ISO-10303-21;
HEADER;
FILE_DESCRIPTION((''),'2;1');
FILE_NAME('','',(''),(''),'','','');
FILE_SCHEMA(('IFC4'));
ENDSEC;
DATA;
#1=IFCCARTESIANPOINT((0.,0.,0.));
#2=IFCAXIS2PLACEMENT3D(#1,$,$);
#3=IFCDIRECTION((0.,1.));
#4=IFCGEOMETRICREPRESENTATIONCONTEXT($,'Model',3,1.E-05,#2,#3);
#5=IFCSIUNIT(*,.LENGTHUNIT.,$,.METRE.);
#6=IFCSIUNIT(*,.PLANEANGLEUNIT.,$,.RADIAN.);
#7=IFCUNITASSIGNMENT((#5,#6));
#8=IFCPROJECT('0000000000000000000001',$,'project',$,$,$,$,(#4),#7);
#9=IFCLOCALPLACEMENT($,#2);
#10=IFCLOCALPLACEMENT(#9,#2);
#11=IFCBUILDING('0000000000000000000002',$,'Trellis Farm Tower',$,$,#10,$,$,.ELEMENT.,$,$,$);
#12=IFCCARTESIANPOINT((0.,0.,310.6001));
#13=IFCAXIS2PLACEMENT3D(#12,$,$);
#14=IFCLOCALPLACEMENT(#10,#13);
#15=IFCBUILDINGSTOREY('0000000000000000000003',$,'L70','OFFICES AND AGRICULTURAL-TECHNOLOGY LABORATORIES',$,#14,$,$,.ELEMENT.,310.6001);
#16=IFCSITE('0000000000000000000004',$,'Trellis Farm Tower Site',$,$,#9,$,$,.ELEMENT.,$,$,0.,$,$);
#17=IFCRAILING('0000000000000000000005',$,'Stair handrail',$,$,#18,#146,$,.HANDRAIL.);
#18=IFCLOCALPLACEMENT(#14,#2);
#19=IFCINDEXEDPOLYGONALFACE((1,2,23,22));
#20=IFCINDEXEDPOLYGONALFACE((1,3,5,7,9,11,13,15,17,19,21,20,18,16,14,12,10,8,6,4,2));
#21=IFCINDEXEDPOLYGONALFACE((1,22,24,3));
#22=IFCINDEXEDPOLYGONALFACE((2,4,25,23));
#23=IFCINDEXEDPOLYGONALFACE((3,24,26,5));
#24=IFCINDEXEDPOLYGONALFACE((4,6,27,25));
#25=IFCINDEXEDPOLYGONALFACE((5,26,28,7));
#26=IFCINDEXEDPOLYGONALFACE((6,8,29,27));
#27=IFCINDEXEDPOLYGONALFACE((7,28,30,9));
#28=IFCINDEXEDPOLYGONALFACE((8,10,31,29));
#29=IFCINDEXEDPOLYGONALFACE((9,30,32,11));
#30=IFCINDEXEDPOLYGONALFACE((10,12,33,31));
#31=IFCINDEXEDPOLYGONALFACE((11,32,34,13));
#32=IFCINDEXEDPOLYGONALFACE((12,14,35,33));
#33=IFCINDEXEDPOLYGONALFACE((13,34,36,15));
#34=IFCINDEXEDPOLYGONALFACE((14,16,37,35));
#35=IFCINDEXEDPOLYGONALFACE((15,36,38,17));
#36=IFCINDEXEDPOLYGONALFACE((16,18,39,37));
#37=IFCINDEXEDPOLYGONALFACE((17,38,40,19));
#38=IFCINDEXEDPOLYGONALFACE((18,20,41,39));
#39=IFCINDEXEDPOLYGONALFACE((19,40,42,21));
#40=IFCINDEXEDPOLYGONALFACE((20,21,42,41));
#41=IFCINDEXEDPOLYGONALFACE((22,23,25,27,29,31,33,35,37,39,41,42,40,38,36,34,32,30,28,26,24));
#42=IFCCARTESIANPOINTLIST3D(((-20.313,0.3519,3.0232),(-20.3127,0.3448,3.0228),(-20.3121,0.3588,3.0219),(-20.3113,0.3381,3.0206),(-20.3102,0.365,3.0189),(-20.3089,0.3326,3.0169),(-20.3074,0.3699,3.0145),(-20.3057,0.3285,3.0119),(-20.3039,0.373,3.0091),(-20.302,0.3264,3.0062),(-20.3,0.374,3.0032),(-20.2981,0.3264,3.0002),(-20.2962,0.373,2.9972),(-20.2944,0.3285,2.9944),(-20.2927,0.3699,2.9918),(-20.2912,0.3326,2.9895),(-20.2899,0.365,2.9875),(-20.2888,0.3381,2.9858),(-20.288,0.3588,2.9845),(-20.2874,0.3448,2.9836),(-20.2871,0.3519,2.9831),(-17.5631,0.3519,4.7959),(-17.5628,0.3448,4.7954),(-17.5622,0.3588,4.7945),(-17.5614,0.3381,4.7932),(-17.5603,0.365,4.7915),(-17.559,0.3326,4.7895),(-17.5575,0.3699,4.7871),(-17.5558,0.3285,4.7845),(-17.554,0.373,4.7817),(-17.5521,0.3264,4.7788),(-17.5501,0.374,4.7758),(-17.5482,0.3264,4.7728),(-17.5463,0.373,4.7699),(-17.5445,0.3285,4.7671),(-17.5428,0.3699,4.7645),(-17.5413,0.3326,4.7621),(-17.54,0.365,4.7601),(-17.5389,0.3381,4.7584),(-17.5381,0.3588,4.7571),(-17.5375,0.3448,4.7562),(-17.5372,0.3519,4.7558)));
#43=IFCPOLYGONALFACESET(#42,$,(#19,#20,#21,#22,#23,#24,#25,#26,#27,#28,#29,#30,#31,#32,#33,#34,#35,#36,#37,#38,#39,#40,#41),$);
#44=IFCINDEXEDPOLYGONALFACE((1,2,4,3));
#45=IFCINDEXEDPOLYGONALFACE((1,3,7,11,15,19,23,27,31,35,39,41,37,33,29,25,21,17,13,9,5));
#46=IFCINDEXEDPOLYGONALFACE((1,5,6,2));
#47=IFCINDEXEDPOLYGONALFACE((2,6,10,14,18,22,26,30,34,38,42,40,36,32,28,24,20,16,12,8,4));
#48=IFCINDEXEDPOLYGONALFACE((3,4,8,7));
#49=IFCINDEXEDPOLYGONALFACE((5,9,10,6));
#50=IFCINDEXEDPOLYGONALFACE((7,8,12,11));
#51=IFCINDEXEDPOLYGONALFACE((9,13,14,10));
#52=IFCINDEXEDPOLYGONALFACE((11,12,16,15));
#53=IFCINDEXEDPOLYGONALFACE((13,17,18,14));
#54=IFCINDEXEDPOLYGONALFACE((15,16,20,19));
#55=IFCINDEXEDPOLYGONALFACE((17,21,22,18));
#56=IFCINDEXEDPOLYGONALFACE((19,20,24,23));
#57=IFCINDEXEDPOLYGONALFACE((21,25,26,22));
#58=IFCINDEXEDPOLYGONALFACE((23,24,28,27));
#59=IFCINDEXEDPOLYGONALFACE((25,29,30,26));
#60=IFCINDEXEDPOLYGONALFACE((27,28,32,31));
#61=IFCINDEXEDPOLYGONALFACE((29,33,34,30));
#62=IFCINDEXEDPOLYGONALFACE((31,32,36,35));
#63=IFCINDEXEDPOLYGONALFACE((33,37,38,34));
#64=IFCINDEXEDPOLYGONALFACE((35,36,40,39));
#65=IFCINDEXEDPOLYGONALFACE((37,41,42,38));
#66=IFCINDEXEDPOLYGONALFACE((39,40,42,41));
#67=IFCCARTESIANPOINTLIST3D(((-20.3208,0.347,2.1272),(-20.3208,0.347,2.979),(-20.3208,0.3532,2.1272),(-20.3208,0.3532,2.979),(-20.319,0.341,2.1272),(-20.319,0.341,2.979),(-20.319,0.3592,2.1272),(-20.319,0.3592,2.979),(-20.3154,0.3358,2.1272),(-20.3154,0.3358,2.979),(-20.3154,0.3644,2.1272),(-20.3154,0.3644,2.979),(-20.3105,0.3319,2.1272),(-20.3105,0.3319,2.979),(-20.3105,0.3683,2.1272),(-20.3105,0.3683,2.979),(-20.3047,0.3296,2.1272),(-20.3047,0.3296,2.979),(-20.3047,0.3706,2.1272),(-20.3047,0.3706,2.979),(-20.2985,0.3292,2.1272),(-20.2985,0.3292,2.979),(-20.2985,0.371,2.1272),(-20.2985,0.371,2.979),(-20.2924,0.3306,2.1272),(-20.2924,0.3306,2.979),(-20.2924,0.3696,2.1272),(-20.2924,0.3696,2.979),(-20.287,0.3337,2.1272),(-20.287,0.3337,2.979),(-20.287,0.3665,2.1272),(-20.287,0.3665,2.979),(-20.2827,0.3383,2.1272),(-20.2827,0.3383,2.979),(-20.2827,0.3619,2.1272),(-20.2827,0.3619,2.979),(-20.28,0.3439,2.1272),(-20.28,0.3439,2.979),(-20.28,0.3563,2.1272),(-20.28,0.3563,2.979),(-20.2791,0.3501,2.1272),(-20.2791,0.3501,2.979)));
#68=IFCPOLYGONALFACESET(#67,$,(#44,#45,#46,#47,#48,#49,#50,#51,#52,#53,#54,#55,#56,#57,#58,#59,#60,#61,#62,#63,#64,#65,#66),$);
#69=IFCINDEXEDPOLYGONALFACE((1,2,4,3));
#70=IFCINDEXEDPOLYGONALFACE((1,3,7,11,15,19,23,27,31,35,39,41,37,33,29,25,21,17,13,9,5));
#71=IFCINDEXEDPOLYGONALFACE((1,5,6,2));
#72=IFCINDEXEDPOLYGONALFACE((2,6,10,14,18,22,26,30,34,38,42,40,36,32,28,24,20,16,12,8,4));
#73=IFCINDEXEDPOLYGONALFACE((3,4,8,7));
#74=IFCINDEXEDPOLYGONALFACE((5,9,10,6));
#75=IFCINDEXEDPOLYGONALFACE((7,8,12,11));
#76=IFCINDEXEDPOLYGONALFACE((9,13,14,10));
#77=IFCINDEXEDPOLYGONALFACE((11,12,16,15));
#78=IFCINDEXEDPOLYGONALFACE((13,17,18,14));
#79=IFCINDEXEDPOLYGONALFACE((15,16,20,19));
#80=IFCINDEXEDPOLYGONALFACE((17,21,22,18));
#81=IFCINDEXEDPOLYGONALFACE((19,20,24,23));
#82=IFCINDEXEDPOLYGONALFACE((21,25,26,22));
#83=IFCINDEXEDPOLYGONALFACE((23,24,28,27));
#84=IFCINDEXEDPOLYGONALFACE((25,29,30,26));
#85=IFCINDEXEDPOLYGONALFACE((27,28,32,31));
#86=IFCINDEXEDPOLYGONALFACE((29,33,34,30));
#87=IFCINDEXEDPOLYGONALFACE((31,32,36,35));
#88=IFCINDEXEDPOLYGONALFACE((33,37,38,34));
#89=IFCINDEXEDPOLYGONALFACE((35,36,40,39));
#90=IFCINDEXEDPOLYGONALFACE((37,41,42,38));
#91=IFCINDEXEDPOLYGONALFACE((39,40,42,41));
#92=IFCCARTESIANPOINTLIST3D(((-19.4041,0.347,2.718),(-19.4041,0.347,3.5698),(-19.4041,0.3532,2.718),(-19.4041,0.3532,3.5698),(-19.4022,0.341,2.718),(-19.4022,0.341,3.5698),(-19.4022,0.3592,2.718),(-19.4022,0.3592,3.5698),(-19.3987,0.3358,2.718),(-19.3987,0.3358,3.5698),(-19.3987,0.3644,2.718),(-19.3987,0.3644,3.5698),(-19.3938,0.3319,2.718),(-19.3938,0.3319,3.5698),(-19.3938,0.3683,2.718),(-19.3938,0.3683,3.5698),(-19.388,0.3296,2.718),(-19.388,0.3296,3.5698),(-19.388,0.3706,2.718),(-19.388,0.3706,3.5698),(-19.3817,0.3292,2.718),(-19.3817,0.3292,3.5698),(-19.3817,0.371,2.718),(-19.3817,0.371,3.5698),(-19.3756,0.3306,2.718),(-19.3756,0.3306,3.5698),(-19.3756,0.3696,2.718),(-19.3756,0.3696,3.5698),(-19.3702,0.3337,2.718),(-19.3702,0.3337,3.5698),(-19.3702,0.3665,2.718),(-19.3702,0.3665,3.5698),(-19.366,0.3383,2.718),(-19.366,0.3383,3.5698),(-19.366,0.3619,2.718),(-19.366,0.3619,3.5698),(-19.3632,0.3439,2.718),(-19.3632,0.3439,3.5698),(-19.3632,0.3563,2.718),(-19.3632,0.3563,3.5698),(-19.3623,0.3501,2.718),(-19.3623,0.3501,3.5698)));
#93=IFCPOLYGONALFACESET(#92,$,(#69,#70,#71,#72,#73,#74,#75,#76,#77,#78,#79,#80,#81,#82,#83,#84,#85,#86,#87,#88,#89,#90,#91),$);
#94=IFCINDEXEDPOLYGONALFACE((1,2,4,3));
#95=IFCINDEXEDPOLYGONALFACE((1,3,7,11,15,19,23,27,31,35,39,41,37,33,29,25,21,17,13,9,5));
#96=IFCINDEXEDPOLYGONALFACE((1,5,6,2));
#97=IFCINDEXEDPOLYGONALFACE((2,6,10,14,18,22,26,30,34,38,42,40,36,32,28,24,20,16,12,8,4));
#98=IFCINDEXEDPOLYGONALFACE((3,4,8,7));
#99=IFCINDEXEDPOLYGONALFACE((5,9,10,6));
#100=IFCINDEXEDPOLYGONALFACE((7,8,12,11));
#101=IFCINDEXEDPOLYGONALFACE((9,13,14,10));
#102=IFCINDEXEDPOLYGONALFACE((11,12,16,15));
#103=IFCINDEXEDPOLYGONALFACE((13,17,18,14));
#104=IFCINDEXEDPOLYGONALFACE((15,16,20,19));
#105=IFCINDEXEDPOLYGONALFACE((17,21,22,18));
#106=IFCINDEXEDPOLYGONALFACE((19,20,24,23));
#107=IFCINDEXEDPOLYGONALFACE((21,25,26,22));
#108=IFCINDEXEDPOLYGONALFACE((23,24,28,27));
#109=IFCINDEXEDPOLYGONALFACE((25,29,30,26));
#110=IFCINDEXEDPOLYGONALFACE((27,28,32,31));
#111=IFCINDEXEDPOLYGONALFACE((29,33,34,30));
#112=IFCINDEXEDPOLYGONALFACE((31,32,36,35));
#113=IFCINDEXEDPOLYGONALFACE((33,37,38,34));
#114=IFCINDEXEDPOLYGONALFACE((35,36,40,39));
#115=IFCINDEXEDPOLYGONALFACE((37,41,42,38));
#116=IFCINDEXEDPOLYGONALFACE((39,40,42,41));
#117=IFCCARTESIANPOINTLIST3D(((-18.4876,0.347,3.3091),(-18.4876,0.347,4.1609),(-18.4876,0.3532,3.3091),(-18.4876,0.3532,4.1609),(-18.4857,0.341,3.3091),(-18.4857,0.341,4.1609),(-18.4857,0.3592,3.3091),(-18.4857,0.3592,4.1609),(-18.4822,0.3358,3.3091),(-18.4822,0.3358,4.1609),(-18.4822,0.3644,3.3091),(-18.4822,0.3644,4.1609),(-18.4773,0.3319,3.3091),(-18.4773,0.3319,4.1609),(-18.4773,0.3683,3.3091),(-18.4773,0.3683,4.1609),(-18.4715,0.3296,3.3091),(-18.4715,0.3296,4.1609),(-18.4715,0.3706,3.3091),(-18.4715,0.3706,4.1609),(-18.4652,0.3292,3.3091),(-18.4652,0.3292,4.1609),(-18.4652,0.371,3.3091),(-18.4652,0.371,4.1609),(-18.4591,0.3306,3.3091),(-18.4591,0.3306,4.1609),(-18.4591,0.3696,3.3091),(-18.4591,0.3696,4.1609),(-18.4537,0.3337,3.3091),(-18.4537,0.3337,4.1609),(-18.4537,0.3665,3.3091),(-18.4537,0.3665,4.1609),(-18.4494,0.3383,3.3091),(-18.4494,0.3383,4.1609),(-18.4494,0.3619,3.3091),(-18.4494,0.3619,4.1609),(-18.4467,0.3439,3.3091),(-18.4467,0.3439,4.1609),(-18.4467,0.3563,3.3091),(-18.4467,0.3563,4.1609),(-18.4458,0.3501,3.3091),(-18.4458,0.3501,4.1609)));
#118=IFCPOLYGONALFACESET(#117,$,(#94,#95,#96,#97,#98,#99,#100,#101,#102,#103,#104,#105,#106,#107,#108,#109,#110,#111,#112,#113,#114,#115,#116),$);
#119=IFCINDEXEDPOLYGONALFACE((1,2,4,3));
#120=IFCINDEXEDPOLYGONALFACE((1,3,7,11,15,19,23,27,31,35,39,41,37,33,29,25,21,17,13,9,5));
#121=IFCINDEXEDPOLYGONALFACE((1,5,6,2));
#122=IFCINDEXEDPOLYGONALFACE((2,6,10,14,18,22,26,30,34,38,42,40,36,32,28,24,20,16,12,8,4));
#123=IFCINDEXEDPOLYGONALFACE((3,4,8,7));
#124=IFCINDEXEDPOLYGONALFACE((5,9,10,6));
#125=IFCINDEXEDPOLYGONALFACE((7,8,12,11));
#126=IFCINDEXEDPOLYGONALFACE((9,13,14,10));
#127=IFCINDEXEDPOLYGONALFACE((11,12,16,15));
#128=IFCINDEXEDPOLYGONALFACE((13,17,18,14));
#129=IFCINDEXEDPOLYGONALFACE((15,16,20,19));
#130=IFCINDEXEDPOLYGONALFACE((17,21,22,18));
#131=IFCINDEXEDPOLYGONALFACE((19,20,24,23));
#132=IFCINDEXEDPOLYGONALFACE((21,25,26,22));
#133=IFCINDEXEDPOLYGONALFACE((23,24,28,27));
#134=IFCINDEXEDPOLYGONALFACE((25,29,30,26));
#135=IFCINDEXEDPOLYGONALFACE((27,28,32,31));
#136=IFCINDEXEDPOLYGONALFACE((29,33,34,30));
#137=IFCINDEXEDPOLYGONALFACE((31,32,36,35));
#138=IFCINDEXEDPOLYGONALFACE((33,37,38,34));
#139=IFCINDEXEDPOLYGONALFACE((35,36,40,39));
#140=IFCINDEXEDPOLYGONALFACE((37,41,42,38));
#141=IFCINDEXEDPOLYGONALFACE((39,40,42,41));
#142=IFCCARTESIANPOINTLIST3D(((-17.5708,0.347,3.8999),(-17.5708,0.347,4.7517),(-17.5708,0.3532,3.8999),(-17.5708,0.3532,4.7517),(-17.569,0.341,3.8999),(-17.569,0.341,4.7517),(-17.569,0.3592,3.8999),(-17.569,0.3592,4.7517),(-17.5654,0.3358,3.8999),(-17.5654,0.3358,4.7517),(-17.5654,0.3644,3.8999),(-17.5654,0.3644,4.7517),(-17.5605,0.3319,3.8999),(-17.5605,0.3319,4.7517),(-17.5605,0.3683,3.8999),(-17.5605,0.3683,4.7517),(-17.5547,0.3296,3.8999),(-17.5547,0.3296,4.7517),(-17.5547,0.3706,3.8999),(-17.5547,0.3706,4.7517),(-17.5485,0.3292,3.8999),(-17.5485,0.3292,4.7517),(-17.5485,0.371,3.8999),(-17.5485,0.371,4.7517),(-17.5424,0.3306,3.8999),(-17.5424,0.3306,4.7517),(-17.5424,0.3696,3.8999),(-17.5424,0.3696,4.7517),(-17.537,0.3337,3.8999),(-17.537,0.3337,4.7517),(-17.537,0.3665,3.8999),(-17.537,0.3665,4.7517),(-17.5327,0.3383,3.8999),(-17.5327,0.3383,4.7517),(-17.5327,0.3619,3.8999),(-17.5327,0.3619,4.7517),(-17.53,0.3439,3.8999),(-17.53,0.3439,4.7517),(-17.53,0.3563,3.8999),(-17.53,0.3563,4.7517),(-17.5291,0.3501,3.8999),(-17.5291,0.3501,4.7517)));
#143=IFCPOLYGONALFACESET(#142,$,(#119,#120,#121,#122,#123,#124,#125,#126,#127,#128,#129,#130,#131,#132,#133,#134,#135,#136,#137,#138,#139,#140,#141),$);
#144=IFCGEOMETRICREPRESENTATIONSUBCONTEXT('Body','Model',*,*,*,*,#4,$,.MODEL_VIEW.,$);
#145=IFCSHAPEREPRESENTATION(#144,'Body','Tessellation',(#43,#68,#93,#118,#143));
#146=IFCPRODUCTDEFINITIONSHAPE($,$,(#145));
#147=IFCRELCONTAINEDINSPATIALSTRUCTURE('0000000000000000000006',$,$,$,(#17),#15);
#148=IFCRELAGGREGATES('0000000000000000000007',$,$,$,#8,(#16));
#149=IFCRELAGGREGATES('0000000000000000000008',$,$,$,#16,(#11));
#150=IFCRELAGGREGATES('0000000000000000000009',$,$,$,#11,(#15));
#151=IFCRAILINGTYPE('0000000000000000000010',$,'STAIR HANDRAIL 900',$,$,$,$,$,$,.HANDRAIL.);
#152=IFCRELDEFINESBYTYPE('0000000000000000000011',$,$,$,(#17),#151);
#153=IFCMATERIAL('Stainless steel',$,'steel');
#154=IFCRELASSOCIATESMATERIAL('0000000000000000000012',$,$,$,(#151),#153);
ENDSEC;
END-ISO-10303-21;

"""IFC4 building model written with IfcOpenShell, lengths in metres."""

from ifc_helpers import new_model, si_unit, direction, frame, origin, origin_2d, place, context, subcontext, project, spatial, circle, extrude, source, transform, mapped, material, type_object, element, save


model = new_model("IFC4")

# Units and contexts
model_context = context("Model", 3, precision=1e-05, world=origin(), true_north=direction((0.0, 1.0)))
body_context = subcontext(model_context, "Body", "Model", "MODEL_VIEW")
ifc_project = project(units=[si_unit("LENGTHUNIT", "METRE"), si_unit("PLANEANGLEUNIT", "RADIAN")], contexts=[model_context])

# Site, building, storey
site_placement = place(None, origin())
site = spatial("IfcSite", under=ifc_project, at=site_placement, Name="Trellis Farm Tower Site", CompositionType="ELEMENT", RefElevation=0.0)
building_placement = place(site_placement, origin())
building = spatial("IfcBuilding", under=site, at=building_placement, Name="Trellis Farm Tower", CompositionType="ELEMENT")
storey_placement = place(building_placement, frame((0.0, 0.0, 310.6001)))
storey = spatial("IfcBuildingStorey", under=building, at=storey_placement, Name="L70", Description="OFFICES AND AGRICULTURAL-TECHNOLOGY LABORATORIES", CompositionType="ELEMENT", Elevation=310.6001)

# Railing
ifc_material_1 = material(Name="Stainless steel", Category="steel")
railing_type = type_object("IfcRailingType", Name="STAIR HANDRAIL 900", PredefinedType="HANDRAIL", material=ifc_material_1)
shared_shape_1 = source(origin(), body_context, "Body", "SweptSolid", [
    extrude(circle(Radius=0.0239, at=origin_2d()), frame((0.0, 0.0, 0.876), z_axis=(0.840504, 0.0, 0.541806), x_axis=(0.0, 1.0, 0.0)), (0.0, 0.0, 1.0), 3.2717),
    extrude(circle(Radius=0.021, at=origin_2d()), origin(), (0.0, 0.0, 1.0), 0.8518),
    extrude(circle(Radius=0.021, at=origin_2d()), frame((0.9167, 0.0, 0.5908)), (0.0, 0.0, 1.0), 0.8518),
    extrude(circle(Radius=0.021, at=origin_2d()), frame((1.8333, 0.0, 1.1819)), (0.0, 0.0, 1.0), 0.8518),
    extrude(circle(Radius=0.021, at=origin_2d()), frame((2.75, 0.0, 1.7727)), (0.0, 0.0, 1.0), 0.8518),
])
for number, where, name in (
    (1, (-20.3, 0.3501, 2.1272), "Stair handrail"),
):
    element("IfcRailing", number, at=place(storey_placement, frame(where)), inside=storey, type_object=railing_type, Name=name, PredefinedType="HANDRAIL", context=body_context, shape_type="MappedRepresentation", body=[
        mapped(shared_shape_1, transform((0.0, 0.0, 0.0))),
    ])

save(model, "model.ifc")
